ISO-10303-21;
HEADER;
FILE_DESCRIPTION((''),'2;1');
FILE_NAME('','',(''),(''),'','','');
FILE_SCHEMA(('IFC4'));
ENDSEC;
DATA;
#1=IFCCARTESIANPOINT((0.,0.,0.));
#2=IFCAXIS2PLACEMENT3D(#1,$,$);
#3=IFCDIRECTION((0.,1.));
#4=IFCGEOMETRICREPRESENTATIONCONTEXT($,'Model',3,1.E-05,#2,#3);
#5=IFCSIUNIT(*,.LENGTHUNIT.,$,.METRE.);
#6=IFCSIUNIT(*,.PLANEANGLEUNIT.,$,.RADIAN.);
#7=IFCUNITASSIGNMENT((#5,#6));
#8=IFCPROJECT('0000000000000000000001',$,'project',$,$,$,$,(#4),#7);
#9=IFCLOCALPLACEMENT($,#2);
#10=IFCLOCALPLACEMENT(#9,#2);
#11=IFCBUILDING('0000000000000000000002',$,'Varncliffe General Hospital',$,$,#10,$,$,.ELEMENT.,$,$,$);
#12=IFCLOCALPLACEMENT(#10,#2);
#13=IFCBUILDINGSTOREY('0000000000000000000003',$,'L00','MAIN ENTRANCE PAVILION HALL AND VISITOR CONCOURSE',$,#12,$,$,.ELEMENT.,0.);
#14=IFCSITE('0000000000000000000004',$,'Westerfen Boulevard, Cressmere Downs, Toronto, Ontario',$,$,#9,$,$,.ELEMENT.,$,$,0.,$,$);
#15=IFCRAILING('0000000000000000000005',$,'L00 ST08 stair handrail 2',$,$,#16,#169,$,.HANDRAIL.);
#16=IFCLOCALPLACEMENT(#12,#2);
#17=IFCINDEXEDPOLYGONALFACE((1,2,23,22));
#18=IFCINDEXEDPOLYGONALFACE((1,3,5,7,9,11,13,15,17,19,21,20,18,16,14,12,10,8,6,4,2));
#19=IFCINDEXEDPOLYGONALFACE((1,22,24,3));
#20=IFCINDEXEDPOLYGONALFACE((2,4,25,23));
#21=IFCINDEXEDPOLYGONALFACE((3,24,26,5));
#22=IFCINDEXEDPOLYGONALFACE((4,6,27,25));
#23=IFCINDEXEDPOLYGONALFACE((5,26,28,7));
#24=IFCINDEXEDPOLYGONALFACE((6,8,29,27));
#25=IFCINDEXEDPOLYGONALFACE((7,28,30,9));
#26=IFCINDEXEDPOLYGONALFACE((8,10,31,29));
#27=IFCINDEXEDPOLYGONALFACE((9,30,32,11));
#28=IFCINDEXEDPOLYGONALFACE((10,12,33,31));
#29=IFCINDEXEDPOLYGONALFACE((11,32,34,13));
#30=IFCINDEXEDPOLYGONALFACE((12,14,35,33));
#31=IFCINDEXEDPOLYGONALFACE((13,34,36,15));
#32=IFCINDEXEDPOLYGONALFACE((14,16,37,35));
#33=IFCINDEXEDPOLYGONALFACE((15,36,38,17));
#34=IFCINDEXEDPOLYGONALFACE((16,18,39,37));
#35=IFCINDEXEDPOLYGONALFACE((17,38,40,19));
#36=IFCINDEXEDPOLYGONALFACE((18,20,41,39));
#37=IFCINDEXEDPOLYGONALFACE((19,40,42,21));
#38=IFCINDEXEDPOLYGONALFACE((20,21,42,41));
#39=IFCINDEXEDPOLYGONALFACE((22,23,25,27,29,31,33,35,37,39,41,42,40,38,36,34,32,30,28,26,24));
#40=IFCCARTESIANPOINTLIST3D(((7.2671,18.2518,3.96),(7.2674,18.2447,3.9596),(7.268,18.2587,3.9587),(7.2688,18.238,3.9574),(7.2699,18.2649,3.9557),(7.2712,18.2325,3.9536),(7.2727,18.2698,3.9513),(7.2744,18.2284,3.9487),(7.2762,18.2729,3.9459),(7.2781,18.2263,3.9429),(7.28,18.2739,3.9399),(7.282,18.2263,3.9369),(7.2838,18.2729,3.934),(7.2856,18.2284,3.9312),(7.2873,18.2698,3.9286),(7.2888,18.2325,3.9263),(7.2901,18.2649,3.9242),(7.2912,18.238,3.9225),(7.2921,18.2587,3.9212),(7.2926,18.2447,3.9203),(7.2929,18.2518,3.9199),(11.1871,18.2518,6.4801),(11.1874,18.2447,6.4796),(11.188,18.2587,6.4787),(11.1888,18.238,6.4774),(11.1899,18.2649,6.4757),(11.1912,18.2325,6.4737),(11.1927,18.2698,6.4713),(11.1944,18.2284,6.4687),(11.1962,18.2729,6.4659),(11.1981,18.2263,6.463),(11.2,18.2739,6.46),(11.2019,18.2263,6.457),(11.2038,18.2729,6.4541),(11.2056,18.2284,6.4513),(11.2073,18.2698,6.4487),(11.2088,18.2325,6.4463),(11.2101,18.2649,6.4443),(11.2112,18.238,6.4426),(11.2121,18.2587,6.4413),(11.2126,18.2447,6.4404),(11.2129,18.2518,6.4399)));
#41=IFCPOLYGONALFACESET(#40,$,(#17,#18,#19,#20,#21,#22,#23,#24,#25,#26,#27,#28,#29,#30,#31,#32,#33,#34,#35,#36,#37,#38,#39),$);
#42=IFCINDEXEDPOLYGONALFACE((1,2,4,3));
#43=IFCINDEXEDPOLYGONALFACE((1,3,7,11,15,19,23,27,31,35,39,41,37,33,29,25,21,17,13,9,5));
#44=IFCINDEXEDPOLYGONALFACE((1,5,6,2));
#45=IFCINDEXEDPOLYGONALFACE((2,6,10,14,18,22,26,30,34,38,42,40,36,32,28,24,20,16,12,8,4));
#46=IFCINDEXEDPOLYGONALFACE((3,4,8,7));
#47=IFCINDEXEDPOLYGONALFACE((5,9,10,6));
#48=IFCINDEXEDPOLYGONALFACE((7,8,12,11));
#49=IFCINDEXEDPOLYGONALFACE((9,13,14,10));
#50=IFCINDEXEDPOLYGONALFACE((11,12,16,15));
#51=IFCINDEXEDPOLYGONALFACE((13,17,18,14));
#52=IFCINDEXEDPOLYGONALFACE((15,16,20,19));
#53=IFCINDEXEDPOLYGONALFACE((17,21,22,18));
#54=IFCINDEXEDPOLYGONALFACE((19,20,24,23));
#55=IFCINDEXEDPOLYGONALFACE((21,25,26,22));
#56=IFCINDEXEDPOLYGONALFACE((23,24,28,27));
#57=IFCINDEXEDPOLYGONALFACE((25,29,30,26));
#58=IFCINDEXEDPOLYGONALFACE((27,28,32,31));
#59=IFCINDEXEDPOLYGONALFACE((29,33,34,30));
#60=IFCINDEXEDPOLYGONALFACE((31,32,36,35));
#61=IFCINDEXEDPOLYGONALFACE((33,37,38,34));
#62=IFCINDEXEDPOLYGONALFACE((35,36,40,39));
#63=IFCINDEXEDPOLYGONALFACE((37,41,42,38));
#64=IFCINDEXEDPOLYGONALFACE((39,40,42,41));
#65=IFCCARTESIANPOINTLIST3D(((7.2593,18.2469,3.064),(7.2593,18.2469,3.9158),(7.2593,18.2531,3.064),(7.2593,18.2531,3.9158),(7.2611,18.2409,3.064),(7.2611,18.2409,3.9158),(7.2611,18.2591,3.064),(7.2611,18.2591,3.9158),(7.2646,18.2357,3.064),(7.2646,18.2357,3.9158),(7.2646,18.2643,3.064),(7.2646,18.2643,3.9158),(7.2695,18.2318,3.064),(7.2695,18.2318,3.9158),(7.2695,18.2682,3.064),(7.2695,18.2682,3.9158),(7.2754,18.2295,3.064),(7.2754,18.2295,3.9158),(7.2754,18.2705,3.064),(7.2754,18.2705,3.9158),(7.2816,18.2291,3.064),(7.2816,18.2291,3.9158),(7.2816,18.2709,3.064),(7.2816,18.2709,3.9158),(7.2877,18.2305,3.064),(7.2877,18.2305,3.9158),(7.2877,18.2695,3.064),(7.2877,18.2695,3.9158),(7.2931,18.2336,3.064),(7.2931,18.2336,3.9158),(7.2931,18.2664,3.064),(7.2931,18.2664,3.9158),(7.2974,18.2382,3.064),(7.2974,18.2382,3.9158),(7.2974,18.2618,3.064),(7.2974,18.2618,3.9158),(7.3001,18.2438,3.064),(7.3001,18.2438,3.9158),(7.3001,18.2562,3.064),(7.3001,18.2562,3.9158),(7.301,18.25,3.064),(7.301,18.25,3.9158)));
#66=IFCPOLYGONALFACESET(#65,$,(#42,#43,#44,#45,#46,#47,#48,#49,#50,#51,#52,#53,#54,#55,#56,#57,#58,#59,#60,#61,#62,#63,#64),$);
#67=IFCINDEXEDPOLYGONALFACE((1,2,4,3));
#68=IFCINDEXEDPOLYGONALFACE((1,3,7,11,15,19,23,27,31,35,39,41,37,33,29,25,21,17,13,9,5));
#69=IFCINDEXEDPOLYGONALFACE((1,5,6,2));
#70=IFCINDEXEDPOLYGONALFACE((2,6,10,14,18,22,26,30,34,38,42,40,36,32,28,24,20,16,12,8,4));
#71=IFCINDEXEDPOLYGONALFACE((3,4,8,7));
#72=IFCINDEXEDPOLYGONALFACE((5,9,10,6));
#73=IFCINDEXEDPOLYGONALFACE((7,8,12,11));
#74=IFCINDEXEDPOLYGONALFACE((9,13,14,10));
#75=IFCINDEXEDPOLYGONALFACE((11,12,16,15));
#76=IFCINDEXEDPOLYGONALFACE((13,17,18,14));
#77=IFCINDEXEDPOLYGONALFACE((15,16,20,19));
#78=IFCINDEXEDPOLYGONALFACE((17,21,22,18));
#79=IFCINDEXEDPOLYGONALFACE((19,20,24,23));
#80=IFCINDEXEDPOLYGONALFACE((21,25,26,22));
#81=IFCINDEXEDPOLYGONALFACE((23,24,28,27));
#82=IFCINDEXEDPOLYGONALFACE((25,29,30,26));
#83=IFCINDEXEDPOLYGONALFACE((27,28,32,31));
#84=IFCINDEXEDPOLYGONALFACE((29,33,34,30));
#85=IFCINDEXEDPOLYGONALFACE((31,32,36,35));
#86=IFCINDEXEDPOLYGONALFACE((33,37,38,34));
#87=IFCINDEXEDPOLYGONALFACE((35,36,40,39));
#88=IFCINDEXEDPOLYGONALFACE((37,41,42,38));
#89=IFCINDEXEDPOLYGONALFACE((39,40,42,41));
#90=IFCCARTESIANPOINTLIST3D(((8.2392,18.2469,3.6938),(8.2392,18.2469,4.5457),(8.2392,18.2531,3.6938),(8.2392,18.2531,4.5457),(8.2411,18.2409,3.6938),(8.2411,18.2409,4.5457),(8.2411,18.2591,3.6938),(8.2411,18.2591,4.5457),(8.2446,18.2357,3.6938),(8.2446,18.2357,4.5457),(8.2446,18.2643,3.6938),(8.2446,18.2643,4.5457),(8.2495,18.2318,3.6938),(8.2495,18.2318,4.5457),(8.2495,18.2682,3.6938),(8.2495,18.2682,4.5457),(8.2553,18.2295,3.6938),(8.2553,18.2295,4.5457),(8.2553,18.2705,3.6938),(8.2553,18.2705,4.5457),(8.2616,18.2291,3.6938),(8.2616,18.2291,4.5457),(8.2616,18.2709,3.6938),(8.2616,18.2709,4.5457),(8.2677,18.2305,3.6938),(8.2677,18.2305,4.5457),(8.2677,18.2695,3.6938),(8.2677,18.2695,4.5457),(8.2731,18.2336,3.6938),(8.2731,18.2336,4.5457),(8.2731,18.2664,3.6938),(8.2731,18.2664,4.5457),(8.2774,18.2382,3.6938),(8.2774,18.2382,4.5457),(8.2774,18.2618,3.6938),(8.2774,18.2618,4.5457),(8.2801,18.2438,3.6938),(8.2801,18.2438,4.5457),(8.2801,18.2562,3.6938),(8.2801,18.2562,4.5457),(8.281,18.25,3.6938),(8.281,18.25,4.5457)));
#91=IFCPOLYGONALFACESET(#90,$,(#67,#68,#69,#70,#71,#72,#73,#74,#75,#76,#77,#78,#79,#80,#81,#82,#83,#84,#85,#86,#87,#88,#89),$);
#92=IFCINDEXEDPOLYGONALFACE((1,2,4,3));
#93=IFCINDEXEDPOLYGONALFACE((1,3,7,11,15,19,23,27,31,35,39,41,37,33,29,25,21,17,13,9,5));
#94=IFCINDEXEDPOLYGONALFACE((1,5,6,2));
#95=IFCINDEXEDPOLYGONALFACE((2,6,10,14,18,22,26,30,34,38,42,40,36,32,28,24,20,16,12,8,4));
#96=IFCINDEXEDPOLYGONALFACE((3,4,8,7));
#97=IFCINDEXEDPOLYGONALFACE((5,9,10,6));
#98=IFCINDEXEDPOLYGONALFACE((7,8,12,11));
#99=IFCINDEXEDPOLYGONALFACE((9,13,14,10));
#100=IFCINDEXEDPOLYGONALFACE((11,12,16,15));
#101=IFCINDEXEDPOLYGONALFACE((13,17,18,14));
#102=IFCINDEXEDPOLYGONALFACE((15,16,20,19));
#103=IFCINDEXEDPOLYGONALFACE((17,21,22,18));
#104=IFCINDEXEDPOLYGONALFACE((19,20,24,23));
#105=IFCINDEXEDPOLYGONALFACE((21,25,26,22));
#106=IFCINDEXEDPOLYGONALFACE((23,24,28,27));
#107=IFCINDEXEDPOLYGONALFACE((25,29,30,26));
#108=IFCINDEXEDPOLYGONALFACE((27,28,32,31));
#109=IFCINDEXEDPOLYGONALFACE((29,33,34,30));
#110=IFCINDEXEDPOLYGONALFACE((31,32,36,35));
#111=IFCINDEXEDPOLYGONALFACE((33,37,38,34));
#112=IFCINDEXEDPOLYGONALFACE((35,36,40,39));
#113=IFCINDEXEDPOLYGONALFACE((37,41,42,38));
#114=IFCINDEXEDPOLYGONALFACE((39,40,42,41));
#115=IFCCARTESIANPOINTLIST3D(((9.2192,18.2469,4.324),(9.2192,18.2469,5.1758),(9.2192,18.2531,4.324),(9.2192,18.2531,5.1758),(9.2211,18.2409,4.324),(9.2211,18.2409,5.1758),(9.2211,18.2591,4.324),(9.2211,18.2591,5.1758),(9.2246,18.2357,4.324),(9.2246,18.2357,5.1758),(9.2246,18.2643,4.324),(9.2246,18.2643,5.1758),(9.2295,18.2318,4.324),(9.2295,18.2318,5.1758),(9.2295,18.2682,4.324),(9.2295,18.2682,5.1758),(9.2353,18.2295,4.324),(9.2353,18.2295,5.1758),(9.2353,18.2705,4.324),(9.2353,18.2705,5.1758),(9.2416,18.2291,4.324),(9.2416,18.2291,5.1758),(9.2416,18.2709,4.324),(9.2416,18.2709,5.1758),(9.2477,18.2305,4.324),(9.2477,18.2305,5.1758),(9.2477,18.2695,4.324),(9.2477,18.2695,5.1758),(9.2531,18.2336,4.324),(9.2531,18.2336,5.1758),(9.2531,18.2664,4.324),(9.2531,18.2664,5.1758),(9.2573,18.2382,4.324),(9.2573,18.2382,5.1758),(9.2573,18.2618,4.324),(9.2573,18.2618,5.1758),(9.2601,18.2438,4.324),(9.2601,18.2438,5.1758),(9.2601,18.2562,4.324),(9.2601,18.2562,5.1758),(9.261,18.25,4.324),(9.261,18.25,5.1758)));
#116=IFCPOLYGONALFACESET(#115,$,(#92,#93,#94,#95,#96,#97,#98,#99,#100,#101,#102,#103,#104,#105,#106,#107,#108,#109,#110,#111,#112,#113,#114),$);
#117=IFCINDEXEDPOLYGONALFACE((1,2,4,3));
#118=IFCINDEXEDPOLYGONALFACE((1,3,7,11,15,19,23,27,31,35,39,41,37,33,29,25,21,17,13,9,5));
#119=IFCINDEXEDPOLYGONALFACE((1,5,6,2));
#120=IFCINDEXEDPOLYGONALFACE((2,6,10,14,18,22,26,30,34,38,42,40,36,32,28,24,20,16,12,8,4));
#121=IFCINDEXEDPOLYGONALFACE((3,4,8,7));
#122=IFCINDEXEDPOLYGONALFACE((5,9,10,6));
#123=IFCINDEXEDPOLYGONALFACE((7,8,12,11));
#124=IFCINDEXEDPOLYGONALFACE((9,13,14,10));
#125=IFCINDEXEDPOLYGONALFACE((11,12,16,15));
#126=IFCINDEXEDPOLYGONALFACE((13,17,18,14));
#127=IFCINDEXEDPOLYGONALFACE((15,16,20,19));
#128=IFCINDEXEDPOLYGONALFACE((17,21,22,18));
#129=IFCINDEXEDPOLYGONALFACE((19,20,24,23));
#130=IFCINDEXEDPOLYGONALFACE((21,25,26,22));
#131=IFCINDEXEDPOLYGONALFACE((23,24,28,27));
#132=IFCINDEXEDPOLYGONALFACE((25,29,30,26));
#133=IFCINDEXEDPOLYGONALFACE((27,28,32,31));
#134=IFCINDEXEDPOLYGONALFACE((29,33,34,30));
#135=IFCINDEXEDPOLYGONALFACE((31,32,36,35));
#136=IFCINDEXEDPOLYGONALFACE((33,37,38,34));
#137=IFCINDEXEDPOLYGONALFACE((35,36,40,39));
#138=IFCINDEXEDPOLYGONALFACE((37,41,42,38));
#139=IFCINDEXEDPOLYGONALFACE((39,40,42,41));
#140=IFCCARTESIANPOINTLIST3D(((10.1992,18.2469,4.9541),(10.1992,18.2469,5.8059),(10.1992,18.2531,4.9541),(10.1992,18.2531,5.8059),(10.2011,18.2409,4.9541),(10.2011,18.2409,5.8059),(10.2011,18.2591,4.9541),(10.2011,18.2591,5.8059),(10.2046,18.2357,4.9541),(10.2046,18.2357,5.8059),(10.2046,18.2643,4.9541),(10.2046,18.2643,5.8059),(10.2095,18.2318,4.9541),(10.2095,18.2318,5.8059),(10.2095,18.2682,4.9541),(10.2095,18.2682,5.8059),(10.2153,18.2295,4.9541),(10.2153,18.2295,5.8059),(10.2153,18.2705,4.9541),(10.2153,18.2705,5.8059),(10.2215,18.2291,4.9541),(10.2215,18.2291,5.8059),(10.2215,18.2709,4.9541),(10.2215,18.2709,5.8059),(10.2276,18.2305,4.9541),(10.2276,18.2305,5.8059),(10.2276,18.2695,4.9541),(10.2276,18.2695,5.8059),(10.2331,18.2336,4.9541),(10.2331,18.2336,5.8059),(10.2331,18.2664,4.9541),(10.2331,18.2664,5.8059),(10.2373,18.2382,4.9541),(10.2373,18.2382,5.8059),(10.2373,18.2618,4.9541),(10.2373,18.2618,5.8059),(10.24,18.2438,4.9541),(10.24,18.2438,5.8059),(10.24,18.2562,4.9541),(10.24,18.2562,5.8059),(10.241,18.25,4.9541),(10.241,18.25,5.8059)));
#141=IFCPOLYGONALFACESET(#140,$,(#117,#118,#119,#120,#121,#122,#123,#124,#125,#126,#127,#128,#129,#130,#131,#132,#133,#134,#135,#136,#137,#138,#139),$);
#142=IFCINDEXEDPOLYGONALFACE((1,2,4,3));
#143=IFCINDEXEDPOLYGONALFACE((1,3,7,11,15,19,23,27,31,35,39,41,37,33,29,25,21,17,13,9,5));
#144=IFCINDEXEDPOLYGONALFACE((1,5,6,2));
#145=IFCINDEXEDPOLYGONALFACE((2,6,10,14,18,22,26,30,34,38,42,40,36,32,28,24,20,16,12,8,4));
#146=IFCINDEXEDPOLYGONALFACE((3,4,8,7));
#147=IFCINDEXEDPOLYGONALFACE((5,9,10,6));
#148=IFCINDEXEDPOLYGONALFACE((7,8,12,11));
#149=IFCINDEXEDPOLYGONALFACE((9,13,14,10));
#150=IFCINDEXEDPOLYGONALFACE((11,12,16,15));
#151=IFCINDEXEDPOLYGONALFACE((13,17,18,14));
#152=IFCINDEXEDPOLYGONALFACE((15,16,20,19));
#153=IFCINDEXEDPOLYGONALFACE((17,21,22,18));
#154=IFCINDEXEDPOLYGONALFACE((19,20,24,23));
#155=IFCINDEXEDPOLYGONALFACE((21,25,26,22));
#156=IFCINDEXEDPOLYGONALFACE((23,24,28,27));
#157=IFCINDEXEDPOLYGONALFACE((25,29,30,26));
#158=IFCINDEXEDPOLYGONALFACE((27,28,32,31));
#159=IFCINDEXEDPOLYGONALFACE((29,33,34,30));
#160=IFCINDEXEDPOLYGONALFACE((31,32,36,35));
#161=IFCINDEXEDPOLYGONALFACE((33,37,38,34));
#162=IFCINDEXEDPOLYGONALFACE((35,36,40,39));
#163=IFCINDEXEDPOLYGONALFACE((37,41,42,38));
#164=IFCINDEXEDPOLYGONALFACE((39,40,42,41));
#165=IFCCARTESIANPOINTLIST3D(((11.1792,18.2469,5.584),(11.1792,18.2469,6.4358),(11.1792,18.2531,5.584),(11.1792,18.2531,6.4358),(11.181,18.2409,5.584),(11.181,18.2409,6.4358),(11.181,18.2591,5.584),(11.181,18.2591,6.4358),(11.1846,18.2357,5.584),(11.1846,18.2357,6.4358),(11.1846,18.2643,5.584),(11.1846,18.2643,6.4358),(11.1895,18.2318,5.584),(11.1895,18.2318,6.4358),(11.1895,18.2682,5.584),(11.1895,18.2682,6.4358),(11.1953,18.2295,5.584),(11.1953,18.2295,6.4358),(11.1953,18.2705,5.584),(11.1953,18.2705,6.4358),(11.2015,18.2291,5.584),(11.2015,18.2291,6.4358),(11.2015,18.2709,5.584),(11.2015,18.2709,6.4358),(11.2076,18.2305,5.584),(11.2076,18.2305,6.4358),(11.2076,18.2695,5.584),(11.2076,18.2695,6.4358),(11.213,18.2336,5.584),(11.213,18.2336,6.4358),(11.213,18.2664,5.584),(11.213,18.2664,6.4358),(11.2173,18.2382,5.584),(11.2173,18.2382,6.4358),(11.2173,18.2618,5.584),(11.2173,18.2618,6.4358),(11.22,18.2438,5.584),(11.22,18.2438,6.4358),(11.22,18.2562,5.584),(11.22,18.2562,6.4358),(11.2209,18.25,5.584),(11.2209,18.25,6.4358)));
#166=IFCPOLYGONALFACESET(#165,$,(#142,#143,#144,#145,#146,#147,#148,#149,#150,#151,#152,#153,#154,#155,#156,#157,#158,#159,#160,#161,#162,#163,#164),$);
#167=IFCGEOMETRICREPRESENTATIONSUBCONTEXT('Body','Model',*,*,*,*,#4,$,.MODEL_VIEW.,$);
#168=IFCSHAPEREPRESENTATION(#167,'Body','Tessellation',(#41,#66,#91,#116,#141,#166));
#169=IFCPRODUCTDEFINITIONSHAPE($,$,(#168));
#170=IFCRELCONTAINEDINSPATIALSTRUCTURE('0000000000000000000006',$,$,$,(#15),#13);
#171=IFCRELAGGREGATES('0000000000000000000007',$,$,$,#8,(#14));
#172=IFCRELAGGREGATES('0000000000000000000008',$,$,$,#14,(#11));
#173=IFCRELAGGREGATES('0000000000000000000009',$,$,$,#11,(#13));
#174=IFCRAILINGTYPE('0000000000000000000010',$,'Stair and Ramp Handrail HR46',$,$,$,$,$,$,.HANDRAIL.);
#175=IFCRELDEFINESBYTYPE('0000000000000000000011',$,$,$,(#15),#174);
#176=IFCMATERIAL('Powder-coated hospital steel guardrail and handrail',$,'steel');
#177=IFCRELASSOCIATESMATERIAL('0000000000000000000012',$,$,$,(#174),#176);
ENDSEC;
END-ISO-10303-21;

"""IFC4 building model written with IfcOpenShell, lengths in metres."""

from ifc_helpers import new_model, si_unit, direction, frame, origin, origin_2d, place, context, subcontext, project, spatial, circle, extrude, material, type_object, element, save


model = new_model("IFC4")

# Units and contexts
model_context = context("Model", 3, precision=1e-05, world=origin(), true_north=direction((0.0, 1.0)))
body_context = subcontext(model_context, "Body", "Model", "MODEL_VIEW")
ifc_project = project(units=[si_unit("LENGTHUNIT", "METRE"), si_unit("PLANEANGLEUNIT", "RADIAN")], contexts=[model_context])

# Site, building, storey
site_placement = place(None, origin())
site = spatial("IfcSite", under=ifc_project, at=site_placement, Name="Westerfen Boulevard, Cressmere Downs, Toronto, Ontario", CompositionType="ELEMENT", RefElevation=0.0)
building_placement = place(site_placement, origin())
building = spatial("IfcBuilding", under=site, at=building_placement, Name="Varncliffe General Hospital", CompositionType="ELEMENT")
storey_placement = place(building_placement, origin())
storey = spatial("IfcBuildingStorey", under=building, at=storey_placement, Name="L00", Description="MAIN ENTRANCE PAVILION HALL AND VISITOR CONCOURSE", CompositionType="ELEMENT", Elevation=0.0)

# Railing
ifc_material_1 = material(Name="Powder-coated hospital steel guardrail and handrail", Category="steel")
railing_type_1 = type_object("IfcRailingType", Name="Stair and Ramp Handrail HR46", PredefinedType="HANDRAIL", material=ifc_material_1)
railing_1_placement = place(storey_placement, frame((7.28, 18.25, 3.064)))
element("IfcRailing", 1, at=railing_1_placement, inside=storey, type_object=railing_type_1, Name="L00 ST08 stair handrail 2", PredefinedType="HANDRAIL", context=body_context, shape_type="SweptSolid", body=[
    extrude(circle(Radius=0.0239, at=origin_2d()), frame((0.0, 0.0, 0.876), z_axis=(0.841172, 0.0, 0.540768), x_axis=(0.0, 1.0, 0.0)), (0.0, 0.0, 1.0), 4.6602),
    extrude(circle(Radius=0.021, at=origin_2d()), origin(), (0.0, 0.0, 1.0), 0.8518),
    extrude(circle(Radius=0.021, at=origin_2d()), frame((0.98, 0.0, 0.6299)), (0.0, 0.0, 1.0), 0.8518),
    extrude(circle(Radius=0.021, at=origin_2d()), frame((1.96, 0.0, 1.26)), (0.0, 0.0, 1.0), 0.8518),
    extrude(circle(Radius=0.021, at=origin_2d()), frame((2.9399, 0.0, 1.8901)), (0.0, 0.0, 1.0), 0.8518),
    extrude(circle(Radius=0.021, at=origin_2d()), frame((3.9199, 0.0, 2.52)), (0.0, 0.0, 1.0), 0.8518),
])

save(model, "model.ifc")
